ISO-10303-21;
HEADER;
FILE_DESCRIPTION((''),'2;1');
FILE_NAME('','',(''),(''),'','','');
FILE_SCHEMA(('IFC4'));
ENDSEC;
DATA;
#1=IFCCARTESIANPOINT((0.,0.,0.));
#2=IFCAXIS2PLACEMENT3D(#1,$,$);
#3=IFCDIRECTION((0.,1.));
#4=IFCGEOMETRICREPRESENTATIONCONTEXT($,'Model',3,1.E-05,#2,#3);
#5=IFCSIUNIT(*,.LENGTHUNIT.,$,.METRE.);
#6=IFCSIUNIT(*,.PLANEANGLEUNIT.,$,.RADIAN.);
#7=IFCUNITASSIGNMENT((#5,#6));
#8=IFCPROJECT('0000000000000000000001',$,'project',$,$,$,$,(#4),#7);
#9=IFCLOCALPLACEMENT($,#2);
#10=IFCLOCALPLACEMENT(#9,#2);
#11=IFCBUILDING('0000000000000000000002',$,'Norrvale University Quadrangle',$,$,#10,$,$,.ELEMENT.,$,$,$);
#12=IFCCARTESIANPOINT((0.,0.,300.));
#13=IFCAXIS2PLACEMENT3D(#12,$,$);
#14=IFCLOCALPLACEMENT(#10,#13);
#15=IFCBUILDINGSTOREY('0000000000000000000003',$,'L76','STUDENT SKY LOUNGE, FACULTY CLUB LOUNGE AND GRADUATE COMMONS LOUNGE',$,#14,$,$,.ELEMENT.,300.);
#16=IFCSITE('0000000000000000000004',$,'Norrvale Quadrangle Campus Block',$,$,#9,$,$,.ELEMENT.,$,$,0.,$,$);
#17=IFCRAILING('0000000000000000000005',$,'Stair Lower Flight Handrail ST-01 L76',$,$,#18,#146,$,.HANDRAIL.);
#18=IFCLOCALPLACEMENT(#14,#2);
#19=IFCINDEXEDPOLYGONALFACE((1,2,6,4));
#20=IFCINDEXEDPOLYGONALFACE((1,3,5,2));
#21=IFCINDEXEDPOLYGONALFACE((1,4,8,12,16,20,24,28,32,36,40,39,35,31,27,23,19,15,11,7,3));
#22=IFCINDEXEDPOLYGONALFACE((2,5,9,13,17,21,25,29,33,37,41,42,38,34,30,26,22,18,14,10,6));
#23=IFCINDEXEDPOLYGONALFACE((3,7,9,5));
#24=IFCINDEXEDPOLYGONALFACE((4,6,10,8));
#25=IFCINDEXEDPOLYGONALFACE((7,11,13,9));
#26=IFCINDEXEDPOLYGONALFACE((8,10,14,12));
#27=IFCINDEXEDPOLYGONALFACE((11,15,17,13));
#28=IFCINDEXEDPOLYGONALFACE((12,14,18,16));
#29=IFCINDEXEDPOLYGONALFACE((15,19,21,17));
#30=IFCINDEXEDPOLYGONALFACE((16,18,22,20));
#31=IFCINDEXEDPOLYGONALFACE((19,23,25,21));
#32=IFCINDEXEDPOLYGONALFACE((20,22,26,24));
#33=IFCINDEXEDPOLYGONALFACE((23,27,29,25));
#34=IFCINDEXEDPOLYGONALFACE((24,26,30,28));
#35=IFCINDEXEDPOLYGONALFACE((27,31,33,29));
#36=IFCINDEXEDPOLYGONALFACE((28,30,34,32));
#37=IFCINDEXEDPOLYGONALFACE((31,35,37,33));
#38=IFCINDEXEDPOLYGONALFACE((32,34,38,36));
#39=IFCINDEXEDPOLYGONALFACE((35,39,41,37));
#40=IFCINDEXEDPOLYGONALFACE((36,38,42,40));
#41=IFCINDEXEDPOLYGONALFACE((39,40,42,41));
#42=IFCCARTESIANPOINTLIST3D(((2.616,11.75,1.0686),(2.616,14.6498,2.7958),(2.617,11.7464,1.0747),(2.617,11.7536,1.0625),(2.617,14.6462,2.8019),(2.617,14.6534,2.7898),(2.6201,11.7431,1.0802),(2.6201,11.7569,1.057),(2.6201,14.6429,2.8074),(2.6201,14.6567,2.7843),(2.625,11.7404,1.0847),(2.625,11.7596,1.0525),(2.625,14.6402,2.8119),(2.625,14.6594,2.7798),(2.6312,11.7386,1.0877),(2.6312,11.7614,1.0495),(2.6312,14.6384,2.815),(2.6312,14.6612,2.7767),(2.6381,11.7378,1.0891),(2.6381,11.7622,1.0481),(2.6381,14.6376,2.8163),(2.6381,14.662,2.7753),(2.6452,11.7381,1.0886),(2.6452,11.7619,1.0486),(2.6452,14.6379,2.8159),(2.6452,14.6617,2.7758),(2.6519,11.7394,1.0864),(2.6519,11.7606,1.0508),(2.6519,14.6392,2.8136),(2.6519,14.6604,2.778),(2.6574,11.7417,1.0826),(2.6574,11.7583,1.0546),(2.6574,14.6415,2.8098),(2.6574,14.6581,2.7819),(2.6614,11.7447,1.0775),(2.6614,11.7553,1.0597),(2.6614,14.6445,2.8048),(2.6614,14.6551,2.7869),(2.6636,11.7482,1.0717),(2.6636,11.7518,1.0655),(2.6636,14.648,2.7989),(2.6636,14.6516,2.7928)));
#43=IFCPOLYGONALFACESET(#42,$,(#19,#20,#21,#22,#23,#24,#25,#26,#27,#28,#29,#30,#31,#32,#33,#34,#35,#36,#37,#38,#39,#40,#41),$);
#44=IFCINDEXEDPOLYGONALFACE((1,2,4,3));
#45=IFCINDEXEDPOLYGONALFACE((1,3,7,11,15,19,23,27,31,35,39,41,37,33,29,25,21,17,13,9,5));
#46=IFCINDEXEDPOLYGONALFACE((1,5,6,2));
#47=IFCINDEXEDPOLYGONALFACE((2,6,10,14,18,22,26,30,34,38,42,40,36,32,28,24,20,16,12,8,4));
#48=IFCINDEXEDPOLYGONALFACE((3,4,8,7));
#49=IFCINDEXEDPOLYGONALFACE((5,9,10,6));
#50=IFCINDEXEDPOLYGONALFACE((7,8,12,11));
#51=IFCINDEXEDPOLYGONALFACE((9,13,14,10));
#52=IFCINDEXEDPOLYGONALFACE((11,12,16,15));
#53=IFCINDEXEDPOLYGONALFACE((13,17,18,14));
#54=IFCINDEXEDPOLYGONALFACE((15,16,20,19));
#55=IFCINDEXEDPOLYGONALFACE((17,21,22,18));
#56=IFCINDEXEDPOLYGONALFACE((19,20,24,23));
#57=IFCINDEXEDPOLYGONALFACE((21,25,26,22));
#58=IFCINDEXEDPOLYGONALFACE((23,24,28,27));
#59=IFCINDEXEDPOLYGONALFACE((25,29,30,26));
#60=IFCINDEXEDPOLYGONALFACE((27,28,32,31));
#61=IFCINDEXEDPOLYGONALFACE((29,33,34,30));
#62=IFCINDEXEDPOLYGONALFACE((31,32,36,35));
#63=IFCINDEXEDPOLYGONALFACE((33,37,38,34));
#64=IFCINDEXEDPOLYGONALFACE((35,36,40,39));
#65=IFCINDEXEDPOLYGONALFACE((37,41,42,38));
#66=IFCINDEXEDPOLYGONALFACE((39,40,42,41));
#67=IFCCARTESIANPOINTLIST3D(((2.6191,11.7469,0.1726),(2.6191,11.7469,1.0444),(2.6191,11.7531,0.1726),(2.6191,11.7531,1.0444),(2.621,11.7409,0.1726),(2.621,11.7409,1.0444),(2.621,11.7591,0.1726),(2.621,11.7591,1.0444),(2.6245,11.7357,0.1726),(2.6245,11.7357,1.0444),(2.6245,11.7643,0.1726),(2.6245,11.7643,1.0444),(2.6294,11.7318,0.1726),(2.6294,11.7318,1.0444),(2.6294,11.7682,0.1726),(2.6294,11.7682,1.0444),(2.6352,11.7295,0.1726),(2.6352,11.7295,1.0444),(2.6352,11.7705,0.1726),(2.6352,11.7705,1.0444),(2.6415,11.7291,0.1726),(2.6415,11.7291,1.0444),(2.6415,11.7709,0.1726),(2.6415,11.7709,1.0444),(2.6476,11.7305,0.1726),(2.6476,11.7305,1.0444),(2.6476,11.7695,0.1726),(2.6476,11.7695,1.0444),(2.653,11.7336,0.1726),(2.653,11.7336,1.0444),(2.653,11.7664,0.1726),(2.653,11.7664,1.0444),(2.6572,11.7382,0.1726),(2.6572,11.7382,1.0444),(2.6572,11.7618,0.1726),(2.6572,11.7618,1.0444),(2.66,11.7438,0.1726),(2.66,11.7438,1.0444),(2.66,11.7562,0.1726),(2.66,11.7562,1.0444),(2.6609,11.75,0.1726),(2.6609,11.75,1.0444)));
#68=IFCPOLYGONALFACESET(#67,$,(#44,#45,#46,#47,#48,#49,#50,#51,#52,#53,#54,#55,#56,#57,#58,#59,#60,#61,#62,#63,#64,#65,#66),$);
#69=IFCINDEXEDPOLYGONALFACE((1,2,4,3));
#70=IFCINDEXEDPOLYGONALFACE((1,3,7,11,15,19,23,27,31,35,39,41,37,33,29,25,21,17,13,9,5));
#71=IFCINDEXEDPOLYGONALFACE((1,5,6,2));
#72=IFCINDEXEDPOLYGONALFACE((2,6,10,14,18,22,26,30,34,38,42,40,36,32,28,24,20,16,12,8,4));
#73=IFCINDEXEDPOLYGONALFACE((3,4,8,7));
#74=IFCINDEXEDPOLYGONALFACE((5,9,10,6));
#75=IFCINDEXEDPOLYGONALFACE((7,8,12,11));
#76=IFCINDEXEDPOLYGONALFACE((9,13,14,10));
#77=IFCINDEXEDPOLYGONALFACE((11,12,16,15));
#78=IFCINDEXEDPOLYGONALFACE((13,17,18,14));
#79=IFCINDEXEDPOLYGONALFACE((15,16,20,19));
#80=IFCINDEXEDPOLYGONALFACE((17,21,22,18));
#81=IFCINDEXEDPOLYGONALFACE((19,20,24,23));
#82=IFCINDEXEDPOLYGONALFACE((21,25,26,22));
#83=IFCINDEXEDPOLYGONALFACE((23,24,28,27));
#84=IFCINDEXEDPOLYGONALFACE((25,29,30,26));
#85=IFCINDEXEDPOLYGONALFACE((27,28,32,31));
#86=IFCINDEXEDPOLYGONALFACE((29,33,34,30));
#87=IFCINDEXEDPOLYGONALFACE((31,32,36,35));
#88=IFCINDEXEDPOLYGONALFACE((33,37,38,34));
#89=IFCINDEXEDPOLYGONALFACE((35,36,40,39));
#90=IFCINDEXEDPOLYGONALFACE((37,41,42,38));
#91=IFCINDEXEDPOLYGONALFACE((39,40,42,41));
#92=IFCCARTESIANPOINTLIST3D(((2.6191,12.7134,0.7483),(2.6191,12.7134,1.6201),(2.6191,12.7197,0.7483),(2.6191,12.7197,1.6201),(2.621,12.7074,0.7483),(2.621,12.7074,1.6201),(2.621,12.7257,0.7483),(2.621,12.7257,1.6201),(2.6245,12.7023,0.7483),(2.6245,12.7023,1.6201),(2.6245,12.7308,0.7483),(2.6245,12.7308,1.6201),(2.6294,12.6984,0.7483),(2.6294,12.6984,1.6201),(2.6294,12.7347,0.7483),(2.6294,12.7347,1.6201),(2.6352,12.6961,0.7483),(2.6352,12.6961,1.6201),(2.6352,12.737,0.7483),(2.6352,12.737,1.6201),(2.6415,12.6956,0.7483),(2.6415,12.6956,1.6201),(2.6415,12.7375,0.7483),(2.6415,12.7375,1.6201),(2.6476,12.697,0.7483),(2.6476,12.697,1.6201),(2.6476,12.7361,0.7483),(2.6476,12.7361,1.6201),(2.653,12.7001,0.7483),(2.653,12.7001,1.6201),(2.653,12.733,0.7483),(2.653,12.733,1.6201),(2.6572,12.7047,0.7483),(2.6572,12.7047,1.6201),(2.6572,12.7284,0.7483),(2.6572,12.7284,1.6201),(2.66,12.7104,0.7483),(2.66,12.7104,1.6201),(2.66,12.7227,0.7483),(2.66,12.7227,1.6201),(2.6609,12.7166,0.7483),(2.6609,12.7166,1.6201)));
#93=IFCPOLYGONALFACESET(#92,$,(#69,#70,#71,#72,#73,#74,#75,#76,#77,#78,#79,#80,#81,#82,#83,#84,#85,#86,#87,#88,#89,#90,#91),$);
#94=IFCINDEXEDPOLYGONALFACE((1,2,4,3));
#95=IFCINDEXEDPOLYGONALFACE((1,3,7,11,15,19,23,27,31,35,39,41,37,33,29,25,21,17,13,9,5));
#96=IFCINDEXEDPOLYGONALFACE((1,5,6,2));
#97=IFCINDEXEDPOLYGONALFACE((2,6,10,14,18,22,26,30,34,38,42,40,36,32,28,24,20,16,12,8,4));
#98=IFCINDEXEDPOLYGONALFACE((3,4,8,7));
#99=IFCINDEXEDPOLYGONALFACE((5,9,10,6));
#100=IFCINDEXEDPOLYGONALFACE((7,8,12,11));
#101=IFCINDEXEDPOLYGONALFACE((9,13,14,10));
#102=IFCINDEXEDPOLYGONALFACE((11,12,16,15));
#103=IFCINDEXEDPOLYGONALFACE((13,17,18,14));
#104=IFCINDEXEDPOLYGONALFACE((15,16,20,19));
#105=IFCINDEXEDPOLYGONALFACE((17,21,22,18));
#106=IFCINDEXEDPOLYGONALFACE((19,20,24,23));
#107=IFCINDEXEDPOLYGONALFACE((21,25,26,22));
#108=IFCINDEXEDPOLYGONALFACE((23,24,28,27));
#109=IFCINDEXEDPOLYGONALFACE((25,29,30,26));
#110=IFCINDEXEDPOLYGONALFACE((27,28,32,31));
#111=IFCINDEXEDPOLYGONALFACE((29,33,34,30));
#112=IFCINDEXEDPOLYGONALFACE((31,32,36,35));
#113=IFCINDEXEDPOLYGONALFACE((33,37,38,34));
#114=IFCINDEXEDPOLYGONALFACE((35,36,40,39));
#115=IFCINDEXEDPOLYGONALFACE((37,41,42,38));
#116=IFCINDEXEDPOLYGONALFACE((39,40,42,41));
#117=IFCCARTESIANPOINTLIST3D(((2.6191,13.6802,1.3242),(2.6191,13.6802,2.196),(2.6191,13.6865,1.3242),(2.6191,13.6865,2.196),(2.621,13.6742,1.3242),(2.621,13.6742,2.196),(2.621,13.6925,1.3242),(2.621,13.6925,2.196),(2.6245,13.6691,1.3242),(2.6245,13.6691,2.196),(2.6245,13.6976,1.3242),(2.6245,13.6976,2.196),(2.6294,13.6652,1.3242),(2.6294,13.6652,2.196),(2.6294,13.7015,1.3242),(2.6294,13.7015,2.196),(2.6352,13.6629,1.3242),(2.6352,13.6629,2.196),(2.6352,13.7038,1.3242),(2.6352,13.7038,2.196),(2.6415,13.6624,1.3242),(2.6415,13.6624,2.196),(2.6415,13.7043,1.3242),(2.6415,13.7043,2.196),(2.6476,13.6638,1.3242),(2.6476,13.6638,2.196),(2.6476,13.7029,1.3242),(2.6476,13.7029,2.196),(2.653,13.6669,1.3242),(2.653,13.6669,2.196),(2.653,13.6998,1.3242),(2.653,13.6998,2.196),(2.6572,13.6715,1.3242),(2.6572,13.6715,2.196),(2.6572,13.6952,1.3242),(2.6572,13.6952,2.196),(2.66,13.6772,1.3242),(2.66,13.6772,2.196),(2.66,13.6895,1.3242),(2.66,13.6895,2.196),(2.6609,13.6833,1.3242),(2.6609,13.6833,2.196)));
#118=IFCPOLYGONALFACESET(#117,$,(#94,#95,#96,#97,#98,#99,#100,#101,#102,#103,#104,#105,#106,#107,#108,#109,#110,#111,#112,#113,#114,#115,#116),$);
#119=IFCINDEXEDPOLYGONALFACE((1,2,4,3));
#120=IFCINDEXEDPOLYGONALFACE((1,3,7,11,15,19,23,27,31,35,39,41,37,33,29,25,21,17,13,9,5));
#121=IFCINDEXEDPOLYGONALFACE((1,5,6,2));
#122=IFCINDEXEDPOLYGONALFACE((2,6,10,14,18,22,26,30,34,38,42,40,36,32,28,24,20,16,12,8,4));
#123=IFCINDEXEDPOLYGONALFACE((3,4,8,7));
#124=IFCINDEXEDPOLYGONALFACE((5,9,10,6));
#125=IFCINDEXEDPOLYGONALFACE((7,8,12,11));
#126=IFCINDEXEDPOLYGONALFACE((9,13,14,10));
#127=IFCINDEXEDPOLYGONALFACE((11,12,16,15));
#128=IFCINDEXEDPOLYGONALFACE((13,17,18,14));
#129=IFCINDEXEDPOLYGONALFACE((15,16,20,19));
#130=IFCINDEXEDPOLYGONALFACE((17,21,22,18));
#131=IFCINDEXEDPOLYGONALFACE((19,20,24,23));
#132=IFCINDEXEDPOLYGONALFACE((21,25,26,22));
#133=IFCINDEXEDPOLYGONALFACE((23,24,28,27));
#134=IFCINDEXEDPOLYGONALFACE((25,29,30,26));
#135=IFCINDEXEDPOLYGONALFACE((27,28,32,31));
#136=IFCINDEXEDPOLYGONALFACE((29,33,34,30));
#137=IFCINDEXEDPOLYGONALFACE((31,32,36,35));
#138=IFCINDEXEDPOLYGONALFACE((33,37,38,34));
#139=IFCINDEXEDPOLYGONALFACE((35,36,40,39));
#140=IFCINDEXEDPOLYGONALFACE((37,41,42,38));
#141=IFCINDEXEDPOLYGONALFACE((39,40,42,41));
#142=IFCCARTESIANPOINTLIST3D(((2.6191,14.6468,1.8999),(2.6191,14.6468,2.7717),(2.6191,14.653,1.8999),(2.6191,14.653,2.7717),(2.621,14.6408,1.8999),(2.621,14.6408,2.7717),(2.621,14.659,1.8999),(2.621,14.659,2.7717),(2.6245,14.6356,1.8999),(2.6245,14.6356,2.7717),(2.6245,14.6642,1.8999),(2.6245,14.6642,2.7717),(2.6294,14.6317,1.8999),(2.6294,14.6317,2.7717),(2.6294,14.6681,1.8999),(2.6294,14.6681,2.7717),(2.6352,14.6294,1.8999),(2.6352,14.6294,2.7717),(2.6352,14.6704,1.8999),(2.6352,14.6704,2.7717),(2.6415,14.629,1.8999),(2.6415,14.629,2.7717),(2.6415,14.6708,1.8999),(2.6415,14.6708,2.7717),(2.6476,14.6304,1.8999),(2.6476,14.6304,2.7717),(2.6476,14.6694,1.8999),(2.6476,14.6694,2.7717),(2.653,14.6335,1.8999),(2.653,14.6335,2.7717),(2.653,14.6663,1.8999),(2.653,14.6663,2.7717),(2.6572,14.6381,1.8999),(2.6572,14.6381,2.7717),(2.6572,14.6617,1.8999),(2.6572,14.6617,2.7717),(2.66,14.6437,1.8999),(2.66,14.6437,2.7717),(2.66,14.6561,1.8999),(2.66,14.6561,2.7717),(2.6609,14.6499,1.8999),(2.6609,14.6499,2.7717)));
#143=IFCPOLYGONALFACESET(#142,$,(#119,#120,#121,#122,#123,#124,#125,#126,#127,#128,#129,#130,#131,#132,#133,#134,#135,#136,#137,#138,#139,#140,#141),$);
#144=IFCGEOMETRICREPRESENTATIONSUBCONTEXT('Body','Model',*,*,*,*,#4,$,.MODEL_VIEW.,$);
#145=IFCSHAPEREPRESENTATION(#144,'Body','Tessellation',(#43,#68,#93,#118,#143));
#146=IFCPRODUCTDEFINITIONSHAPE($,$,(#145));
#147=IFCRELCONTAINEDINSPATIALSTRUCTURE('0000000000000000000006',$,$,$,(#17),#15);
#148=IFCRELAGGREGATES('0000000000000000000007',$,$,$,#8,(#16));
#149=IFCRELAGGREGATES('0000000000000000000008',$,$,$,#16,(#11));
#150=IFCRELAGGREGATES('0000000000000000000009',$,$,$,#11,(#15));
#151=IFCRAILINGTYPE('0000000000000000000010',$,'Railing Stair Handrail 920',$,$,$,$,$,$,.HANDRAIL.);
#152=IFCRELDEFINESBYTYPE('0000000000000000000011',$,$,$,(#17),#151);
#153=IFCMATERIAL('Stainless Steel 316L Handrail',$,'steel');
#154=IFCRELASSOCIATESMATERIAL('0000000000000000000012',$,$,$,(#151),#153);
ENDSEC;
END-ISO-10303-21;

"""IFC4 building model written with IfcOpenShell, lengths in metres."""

from ifc_helpers import new_model, si_unit, direction, frame, origin, origin_2d, place, context, subcontext, project, spatial, circle, extrude, material, type_object, element, save


model = new_model("IFC4")

# Units and contexts
model_context = context("Model", 3, precision=1e-05, world=origin(), true_north=direction((0.0, 1.0)))
body_context = subcontext(model_context, "Body", "Model", "MODEL_VIEW")
ifc_project = project(units=[si_unit("LENGTHUNIT", "METRE"), si_unit("PLANEANGLEUNIT", "RADIAN")], contexts=[model_context])

# Site, building, storey
site_placement = place(None, origin())
site = spatial("IfcSite", under=ifc_project, at=site_placement, Name="Norrvale Quadrangle Campus Block", CompositionType="ELEMENT", RefElevation=0.0)
building_placement = place(site_placement, origin())
building = spatial("IfcBuilding", under=site, at=building_placement, Name="Norrvale University Quadrangle", CompositionType="ELEMENT")
storey_placement = place(building_placement, frame((0.0, 0.0, 300.0)))
storey = spatial("IfcBuildingStorey", under=building, at=storey_placement, Name="L76", Description="STUDENT SKY LOUNGE, FACULTY CLUB LOUNGE AND GRADUATE COMMONS LOUNGE", CompositionType="ELEMENT", Elevation=300.0)

# Railing
ifc_material_1 = material(Name="Stainless Steel 316L Handrail", Category="steel")
railing_type_1 = type_object("IfcRailingType", Name="Railing Stair Handrail 920", PredefinedType="HANDRAIL", material=ifc_material_1)
railing_1_placement = place(storey_placement, frame((2.6399, 11.75, 0.1726)))
element("IfcRailing", 1, at=railing_1_placement, inside=storey, type_object=railing_type_1, Name="Stair Lower Flight Handrail ST-01 L76", PredefinedType="HANDRAIL", context=body_context, shape_type="SweptSolid", body=[
    extrude(circle(Radius=0.0239, at=origin_2d()), frame((0.0, 0.0, 0.896), z_axis=(0.0, 0.859141, 0.511738), x_axis=(-1.0, 0.0, 0.0)), (0.0, 0.0, 1.0), 3.3752),
    extrude(circle(Radius=0.021, at=origin_2d()), origin(), (0.0, 0.0, 1.0), 0.8718),
    extrude(circle(Radius=0.021, at=origin_2d()), frame((0.0, 0.9666, 0.5757)), (0.0, 0.0, 1.0), 0.8718),
    extrude(circle(Radius=0.021, at=origin_2d()), frame((0.0, 1.9333, 1.1516)), (0.0, 0.0, 1.0), 0.8718),
    extrude(circle(Radius=0.021, at=origin_2d()), frame((0.0, 2.8999, 1.7273)), (0.0, 0.0, 1.0), 0.8718),
])

save(model, "model.ifc")
